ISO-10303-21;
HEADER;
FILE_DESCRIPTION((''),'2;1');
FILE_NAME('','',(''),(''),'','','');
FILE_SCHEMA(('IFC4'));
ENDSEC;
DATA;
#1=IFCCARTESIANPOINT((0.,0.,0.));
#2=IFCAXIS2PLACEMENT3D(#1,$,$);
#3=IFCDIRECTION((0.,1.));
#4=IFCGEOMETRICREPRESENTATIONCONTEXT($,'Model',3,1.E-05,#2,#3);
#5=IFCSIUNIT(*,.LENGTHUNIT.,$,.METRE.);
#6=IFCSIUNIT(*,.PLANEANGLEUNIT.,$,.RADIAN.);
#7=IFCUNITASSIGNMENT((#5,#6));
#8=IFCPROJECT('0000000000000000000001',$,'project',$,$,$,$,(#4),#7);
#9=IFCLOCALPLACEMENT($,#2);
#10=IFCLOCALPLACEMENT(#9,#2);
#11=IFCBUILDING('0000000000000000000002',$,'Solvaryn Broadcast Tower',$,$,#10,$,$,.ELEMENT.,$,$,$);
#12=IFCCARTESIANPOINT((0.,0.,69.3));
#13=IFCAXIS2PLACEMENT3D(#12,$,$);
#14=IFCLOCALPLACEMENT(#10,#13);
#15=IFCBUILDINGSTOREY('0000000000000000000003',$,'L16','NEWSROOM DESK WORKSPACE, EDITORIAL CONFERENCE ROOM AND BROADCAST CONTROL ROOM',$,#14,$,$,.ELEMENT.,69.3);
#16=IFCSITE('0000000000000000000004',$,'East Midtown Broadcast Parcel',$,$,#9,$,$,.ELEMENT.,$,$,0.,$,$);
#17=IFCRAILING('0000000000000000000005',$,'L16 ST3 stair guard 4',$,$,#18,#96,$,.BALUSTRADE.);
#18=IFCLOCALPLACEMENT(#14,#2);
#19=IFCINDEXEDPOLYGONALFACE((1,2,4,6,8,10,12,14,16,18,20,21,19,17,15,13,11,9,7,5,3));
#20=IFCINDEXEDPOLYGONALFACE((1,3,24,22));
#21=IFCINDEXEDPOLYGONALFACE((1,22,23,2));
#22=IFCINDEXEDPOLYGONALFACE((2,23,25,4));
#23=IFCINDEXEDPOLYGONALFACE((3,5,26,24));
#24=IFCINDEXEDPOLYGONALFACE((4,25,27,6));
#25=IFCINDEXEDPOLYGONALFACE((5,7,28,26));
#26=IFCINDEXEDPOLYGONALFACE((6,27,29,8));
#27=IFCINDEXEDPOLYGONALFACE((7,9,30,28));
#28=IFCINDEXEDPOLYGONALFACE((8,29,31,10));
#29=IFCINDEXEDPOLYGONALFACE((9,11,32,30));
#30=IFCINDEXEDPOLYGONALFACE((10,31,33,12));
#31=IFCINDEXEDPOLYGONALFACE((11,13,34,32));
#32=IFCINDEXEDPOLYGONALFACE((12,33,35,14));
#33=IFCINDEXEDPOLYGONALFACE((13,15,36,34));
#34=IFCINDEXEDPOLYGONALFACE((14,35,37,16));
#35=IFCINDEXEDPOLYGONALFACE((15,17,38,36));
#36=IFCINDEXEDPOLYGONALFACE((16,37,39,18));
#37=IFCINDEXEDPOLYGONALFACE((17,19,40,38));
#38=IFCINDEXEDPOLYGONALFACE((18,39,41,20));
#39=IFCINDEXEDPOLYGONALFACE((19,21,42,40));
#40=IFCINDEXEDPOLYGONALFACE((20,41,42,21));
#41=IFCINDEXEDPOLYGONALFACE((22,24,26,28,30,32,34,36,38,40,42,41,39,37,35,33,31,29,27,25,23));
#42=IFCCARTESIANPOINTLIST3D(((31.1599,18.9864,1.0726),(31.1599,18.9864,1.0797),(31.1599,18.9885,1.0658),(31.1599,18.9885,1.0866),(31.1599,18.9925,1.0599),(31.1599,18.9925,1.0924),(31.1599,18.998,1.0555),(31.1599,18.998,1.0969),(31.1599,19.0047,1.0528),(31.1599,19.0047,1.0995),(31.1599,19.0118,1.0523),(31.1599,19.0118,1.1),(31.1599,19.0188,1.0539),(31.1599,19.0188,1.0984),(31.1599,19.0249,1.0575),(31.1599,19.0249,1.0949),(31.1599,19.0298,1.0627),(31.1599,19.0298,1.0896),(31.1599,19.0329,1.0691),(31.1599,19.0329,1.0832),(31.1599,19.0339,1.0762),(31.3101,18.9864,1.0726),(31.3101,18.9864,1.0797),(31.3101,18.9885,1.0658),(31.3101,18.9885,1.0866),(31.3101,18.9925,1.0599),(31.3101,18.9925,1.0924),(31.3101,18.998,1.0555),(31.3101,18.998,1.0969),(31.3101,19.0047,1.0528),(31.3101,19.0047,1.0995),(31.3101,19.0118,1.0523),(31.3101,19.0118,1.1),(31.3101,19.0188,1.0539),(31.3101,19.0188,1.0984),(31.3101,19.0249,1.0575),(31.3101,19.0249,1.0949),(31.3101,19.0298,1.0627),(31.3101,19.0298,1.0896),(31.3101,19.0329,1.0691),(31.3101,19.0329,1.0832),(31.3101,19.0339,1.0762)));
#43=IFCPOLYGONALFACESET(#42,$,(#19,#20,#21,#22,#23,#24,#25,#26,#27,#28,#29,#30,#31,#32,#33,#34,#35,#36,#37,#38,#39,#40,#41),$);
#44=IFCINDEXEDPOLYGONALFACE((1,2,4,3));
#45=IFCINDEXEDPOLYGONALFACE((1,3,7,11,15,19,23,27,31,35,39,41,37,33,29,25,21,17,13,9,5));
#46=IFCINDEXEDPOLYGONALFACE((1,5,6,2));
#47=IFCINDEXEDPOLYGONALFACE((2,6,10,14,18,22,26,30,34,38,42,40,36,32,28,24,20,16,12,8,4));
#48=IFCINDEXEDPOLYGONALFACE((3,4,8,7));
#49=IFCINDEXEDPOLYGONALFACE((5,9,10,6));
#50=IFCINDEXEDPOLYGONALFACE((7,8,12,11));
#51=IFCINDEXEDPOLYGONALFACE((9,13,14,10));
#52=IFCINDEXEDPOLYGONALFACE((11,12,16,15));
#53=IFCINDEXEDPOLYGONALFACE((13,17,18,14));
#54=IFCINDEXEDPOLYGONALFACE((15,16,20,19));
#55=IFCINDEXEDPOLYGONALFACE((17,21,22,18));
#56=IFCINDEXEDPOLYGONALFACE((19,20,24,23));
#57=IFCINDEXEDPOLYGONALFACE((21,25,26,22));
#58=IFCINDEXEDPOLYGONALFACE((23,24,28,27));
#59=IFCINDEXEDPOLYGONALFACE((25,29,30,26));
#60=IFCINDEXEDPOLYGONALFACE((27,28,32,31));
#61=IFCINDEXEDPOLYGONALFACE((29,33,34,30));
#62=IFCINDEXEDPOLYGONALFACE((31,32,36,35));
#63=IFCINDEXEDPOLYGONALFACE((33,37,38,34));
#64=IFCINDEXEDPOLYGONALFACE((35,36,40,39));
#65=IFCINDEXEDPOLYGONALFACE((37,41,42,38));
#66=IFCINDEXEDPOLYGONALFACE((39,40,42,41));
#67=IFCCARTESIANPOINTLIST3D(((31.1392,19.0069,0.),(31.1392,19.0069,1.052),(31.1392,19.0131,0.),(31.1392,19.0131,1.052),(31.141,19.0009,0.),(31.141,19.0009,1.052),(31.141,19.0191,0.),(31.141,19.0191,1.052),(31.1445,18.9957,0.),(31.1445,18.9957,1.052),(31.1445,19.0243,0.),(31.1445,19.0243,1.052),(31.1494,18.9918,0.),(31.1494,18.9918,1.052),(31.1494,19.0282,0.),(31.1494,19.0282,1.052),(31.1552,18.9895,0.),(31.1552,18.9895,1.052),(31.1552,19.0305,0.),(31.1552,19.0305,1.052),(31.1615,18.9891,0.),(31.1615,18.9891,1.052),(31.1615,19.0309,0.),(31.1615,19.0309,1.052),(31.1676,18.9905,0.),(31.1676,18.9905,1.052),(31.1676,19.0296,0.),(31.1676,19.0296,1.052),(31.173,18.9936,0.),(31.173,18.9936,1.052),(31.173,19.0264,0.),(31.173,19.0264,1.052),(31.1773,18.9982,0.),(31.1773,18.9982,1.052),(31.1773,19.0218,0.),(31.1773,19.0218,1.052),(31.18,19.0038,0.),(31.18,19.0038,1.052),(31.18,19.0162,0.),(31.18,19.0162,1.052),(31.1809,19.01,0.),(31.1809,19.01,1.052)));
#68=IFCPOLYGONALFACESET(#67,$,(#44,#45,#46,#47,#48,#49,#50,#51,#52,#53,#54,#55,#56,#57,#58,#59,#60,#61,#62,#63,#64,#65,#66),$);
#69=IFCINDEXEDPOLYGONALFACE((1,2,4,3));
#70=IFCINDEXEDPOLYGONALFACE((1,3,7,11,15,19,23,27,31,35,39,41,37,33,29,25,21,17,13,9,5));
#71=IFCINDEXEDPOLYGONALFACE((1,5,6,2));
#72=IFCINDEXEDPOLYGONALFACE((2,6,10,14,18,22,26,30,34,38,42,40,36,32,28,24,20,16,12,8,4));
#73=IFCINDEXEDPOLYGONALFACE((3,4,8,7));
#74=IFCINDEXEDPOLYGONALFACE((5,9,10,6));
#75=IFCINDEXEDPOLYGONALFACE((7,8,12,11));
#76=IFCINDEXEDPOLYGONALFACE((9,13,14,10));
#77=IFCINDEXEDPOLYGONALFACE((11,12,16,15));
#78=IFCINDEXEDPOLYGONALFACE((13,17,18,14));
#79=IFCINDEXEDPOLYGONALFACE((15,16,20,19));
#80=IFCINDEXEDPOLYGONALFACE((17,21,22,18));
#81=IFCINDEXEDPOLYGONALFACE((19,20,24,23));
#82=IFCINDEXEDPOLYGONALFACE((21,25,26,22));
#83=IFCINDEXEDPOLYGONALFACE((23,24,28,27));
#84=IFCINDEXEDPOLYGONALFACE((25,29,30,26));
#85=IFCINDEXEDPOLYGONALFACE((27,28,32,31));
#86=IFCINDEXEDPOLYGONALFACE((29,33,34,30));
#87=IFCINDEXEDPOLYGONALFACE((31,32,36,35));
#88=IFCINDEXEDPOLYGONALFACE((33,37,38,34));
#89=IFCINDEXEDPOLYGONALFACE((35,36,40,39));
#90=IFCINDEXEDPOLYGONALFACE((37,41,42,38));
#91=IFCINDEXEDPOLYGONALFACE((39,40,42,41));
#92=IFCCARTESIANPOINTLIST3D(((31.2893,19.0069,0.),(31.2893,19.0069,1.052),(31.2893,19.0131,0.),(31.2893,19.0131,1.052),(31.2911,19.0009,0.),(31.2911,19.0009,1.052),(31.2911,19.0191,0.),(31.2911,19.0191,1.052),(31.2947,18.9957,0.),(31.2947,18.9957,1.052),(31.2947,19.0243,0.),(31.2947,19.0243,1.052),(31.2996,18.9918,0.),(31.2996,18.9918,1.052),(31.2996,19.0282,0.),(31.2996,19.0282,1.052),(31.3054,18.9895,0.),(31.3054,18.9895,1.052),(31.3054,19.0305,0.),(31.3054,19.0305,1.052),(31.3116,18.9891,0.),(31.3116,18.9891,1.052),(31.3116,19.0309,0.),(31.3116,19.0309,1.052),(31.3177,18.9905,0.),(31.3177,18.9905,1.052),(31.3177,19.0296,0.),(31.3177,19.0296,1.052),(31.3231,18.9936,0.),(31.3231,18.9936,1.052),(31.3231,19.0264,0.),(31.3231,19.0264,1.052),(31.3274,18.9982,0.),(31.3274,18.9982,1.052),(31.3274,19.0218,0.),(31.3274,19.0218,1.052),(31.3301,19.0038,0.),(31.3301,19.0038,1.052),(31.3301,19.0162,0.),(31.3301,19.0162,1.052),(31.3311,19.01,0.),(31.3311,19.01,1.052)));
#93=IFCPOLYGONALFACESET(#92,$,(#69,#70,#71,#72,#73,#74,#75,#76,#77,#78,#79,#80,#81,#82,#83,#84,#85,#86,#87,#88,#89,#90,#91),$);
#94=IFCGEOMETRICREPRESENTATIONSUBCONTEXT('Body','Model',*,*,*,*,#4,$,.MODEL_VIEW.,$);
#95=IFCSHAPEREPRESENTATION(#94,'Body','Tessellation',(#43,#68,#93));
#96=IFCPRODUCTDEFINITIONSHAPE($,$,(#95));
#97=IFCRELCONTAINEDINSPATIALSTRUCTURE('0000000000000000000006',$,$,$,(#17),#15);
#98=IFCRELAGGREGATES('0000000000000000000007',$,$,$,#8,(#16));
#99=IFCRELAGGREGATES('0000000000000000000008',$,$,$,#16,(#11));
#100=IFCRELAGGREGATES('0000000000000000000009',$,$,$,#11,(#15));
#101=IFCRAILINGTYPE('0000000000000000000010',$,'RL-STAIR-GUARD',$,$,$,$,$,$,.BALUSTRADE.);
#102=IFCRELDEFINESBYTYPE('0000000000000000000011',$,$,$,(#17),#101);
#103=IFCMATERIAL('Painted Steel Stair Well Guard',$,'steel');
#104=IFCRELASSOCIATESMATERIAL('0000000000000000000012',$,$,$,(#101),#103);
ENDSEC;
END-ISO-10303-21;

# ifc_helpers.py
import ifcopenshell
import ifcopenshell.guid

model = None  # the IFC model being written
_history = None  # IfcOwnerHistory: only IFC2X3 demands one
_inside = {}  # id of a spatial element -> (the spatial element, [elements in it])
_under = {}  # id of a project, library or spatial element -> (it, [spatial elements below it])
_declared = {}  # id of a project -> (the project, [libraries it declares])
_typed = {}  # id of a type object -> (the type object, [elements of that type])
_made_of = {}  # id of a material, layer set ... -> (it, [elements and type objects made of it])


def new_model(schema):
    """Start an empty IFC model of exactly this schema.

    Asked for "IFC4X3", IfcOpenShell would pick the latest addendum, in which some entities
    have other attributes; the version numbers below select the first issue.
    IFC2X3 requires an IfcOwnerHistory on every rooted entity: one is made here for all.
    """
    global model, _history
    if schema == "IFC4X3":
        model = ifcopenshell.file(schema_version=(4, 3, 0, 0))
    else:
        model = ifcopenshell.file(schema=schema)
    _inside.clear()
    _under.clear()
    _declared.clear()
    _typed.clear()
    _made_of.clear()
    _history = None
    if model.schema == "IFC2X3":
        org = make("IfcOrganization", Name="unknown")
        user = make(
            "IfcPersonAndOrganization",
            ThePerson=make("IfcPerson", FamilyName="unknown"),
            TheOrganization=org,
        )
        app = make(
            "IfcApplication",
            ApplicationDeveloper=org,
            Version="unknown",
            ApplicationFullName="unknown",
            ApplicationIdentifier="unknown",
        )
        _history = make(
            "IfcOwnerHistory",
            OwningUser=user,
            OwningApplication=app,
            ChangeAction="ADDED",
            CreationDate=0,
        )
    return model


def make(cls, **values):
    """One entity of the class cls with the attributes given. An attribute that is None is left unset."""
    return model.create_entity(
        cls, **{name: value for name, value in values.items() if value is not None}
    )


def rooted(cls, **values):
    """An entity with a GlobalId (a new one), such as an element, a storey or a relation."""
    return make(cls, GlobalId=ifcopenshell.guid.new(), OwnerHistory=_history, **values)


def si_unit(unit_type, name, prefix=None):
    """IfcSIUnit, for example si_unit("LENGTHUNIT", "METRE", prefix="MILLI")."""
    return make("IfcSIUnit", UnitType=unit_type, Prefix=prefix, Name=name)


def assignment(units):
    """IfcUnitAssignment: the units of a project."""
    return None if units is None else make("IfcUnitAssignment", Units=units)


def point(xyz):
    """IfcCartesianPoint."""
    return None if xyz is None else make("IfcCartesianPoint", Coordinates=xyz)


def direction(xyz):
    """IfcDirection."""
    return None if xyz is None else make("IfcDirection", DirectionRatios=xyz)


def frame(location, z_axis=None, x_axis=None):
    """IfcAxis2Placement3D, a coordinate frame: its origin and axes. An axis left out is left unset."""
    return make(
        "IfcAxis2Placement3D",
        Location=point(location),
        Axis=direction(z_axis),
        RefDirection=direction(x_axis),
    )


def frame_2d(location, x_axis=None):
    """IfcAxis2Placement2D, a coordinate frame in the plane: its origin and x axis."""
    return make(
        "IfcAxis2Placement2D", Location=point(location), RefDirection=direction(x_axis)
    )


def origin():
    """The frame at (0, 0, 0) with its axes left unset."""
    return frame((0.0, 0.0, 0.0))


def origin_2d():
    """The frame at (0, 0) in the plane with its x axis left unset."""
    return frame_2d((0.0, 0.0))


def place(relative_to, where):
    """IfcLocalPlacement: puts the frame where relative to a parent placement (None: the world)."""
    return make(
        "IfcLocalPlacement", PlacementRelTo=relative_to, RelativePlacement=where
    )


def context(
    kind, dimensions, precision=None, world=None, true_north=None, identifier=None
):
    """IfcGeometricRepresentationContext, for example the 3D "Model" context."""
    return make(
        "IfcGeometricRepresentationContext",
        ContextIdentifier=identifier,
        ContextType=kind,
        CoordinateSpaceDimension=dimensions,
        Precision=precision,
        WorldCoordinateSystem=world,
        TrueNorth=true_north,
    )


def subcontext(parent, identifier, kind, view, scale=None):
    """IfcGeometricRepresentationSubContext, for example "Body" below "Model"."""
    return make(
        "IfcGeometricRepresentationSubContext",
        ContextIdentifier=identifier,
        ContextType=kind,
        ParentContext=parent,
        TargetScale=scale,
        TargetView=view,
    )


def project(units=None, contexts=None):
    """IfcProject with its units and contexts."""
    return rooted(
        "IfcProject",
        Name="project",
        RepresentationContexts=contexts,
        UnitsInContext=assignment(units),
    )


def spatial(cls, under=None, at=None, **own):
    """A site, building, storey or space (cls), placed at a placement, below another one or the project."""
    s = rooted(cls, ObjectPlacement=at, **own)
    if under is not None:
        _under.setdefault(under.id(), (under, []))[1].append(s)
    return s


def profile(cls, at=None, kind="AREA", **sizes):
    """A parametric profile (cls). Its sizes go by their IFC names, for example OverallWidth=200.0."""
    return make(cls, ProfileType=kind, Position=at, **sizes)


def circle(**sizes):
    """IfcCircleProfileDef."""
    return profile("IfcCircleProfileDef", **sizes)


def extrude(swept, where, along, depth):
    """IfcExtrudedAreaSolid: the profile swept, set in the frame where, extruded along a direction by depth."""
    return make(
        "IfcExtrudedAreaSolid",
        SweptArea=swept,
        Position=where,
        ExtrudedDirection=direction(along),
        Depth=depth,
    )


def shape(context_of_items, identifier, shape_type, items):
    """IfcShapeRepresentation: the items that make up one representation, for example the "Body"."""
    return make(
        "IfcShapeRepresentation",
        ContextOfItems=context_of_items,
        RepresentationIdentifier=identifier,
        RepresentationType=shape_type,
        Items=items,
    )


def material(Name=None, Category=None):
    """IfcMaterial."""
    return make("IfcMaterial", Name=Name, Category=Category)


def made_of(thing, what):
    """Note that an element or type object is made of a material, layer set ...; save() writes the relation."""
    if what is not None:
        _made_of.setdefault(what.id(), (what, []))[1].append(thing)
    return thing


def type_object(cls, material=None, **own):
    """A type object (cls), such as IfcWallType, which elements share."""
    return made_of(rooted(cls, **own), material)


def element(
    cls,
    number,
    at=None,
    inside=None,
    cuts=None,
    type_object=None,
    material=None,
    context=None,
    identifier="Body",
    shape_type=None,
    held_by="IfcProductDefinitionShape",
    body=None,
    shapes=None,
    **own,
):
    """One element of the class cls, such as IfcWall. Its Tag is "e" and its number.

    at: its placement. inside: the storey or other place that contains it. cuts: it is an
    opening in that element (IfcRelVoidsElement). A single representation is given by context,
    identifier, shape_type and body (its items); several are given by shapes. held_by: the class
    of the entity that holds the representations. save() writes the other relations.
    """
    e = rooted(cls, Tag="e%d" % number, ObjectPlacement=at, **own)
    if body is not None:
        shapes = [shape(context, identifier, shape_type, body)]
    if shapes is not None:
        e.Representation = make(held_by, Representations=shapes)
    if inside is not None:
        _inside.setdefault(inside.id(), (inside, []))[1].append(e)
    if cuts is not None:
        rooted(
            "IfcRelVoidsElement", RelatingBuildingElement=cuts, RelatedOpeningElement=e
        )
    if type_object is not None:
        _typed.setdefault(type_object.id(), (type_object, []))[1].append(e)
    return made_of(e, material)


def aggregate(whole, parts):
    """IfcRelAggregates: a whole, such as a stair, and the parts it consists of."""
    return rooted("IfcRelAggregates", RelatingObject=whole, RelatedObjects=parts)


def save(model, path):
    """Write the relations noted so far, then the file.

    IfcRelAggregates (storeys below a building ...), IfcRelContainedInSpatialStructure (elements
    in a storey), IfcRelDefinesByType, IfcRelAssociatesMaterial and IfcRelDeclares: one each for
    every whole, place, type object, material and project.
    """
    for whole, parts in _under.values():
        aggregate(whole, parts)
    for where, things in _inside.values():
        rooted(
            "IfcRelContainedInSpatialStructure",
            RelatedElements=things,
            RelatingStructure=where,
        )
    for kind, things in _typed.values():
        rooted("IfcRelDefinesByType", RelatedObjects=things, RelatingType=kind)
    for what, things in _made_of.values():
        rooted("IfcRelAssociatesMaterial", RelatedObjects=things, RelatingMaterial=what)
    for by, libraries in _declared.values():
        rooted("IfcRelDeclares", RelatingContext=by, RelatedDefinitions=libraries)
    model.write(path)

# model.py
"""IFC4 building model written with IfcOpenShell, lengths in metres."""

from ifc_helpers import new_model, si_unit, direction, frame, origin, origin_2d, place, context, subcontext, project, spatial, circle, extrude, material, type_object, element, save


model = new_model("IFC4")

# Units and contexts
model_context = context("Model", 3, precision=1e-05, world=origin(), true_north=direction((0.0, 1.0)))
body_context = subcontext(model_context, "Body", "Model", "MODEL_VIEW")
ifc_project = project(units=[si_unit("LENGTHUNIT", "METRE"), si_unit("PLANEANGLEUNIT", "RADIAN")], contexts=[model_context])

# Site, building, storey
site_placement = place(None, origin())
site = spatial("IfcSite", under=ifc_project, at=site_placement, Name="East Midtown Broadcast Parcel", CompositionType="ELEMENT", RefElevation=0.0)
building_placement = place(site_placement, origin())
building = spatial("IfcBuilding", under=site, at=building_placement, Name="Solvaryn Broadcast Tower", CompositionType="ELEMENT")
storey_placement = place(building_placement, frame((0.0, 0.0, 69.3)))
storey = spatial("IfcBuildingStorey", under=building, at=storey_placement, Name="L16", Description="NEWSROOM DESK WORKSPACE, EDITORIAL CONFERENCE ROOM AND BROADCAST CONTROL ROOM", CompositionType="ELEMENT", Elevation=69.3)

# Railing
ifc_material_1 = material(Name="Painted Steel Stair Well Guard", Category="steel")
railing_type_1 = type_object("IfcRailingType", Name="RL-STAIR-GUARD", PredefinedType="BALUSTRADE", material=ifc_material_1)
railing_1_placement = place(storey_placement, frame((31.1599, 19.01, 0.0)))
element("IfcRailing", 1, at=railing_1_placement, inside=storey, type_object=railing_type_1, Name="L16 ST3 stair guard 4", PredefinedType="BALUSTRADE", context=body_context, shape_type="SweptSolid", body=[
    extrude(circle(Radius=0.0239, at=origin_2d()), frame((0.0, 0.0, 1.0762), z_axis=(1.0, 0.0, 0.0), x_axis=(0.0, 1.0, 0.0)), (0.0, 0.0, 1.0), 0.1501),
    extrude(circle(Radius=0.021, at=origin_2d()), origin(), (0.0, 0.0, 1.0), 1.052),
    extrude(circle(Radius=0.021, at=origin_2d()), frame((0.1501, 0.0, 0.0)), (0.0, 0.0, 1.0), 1.052),
])

save(model, "model.ifc")
